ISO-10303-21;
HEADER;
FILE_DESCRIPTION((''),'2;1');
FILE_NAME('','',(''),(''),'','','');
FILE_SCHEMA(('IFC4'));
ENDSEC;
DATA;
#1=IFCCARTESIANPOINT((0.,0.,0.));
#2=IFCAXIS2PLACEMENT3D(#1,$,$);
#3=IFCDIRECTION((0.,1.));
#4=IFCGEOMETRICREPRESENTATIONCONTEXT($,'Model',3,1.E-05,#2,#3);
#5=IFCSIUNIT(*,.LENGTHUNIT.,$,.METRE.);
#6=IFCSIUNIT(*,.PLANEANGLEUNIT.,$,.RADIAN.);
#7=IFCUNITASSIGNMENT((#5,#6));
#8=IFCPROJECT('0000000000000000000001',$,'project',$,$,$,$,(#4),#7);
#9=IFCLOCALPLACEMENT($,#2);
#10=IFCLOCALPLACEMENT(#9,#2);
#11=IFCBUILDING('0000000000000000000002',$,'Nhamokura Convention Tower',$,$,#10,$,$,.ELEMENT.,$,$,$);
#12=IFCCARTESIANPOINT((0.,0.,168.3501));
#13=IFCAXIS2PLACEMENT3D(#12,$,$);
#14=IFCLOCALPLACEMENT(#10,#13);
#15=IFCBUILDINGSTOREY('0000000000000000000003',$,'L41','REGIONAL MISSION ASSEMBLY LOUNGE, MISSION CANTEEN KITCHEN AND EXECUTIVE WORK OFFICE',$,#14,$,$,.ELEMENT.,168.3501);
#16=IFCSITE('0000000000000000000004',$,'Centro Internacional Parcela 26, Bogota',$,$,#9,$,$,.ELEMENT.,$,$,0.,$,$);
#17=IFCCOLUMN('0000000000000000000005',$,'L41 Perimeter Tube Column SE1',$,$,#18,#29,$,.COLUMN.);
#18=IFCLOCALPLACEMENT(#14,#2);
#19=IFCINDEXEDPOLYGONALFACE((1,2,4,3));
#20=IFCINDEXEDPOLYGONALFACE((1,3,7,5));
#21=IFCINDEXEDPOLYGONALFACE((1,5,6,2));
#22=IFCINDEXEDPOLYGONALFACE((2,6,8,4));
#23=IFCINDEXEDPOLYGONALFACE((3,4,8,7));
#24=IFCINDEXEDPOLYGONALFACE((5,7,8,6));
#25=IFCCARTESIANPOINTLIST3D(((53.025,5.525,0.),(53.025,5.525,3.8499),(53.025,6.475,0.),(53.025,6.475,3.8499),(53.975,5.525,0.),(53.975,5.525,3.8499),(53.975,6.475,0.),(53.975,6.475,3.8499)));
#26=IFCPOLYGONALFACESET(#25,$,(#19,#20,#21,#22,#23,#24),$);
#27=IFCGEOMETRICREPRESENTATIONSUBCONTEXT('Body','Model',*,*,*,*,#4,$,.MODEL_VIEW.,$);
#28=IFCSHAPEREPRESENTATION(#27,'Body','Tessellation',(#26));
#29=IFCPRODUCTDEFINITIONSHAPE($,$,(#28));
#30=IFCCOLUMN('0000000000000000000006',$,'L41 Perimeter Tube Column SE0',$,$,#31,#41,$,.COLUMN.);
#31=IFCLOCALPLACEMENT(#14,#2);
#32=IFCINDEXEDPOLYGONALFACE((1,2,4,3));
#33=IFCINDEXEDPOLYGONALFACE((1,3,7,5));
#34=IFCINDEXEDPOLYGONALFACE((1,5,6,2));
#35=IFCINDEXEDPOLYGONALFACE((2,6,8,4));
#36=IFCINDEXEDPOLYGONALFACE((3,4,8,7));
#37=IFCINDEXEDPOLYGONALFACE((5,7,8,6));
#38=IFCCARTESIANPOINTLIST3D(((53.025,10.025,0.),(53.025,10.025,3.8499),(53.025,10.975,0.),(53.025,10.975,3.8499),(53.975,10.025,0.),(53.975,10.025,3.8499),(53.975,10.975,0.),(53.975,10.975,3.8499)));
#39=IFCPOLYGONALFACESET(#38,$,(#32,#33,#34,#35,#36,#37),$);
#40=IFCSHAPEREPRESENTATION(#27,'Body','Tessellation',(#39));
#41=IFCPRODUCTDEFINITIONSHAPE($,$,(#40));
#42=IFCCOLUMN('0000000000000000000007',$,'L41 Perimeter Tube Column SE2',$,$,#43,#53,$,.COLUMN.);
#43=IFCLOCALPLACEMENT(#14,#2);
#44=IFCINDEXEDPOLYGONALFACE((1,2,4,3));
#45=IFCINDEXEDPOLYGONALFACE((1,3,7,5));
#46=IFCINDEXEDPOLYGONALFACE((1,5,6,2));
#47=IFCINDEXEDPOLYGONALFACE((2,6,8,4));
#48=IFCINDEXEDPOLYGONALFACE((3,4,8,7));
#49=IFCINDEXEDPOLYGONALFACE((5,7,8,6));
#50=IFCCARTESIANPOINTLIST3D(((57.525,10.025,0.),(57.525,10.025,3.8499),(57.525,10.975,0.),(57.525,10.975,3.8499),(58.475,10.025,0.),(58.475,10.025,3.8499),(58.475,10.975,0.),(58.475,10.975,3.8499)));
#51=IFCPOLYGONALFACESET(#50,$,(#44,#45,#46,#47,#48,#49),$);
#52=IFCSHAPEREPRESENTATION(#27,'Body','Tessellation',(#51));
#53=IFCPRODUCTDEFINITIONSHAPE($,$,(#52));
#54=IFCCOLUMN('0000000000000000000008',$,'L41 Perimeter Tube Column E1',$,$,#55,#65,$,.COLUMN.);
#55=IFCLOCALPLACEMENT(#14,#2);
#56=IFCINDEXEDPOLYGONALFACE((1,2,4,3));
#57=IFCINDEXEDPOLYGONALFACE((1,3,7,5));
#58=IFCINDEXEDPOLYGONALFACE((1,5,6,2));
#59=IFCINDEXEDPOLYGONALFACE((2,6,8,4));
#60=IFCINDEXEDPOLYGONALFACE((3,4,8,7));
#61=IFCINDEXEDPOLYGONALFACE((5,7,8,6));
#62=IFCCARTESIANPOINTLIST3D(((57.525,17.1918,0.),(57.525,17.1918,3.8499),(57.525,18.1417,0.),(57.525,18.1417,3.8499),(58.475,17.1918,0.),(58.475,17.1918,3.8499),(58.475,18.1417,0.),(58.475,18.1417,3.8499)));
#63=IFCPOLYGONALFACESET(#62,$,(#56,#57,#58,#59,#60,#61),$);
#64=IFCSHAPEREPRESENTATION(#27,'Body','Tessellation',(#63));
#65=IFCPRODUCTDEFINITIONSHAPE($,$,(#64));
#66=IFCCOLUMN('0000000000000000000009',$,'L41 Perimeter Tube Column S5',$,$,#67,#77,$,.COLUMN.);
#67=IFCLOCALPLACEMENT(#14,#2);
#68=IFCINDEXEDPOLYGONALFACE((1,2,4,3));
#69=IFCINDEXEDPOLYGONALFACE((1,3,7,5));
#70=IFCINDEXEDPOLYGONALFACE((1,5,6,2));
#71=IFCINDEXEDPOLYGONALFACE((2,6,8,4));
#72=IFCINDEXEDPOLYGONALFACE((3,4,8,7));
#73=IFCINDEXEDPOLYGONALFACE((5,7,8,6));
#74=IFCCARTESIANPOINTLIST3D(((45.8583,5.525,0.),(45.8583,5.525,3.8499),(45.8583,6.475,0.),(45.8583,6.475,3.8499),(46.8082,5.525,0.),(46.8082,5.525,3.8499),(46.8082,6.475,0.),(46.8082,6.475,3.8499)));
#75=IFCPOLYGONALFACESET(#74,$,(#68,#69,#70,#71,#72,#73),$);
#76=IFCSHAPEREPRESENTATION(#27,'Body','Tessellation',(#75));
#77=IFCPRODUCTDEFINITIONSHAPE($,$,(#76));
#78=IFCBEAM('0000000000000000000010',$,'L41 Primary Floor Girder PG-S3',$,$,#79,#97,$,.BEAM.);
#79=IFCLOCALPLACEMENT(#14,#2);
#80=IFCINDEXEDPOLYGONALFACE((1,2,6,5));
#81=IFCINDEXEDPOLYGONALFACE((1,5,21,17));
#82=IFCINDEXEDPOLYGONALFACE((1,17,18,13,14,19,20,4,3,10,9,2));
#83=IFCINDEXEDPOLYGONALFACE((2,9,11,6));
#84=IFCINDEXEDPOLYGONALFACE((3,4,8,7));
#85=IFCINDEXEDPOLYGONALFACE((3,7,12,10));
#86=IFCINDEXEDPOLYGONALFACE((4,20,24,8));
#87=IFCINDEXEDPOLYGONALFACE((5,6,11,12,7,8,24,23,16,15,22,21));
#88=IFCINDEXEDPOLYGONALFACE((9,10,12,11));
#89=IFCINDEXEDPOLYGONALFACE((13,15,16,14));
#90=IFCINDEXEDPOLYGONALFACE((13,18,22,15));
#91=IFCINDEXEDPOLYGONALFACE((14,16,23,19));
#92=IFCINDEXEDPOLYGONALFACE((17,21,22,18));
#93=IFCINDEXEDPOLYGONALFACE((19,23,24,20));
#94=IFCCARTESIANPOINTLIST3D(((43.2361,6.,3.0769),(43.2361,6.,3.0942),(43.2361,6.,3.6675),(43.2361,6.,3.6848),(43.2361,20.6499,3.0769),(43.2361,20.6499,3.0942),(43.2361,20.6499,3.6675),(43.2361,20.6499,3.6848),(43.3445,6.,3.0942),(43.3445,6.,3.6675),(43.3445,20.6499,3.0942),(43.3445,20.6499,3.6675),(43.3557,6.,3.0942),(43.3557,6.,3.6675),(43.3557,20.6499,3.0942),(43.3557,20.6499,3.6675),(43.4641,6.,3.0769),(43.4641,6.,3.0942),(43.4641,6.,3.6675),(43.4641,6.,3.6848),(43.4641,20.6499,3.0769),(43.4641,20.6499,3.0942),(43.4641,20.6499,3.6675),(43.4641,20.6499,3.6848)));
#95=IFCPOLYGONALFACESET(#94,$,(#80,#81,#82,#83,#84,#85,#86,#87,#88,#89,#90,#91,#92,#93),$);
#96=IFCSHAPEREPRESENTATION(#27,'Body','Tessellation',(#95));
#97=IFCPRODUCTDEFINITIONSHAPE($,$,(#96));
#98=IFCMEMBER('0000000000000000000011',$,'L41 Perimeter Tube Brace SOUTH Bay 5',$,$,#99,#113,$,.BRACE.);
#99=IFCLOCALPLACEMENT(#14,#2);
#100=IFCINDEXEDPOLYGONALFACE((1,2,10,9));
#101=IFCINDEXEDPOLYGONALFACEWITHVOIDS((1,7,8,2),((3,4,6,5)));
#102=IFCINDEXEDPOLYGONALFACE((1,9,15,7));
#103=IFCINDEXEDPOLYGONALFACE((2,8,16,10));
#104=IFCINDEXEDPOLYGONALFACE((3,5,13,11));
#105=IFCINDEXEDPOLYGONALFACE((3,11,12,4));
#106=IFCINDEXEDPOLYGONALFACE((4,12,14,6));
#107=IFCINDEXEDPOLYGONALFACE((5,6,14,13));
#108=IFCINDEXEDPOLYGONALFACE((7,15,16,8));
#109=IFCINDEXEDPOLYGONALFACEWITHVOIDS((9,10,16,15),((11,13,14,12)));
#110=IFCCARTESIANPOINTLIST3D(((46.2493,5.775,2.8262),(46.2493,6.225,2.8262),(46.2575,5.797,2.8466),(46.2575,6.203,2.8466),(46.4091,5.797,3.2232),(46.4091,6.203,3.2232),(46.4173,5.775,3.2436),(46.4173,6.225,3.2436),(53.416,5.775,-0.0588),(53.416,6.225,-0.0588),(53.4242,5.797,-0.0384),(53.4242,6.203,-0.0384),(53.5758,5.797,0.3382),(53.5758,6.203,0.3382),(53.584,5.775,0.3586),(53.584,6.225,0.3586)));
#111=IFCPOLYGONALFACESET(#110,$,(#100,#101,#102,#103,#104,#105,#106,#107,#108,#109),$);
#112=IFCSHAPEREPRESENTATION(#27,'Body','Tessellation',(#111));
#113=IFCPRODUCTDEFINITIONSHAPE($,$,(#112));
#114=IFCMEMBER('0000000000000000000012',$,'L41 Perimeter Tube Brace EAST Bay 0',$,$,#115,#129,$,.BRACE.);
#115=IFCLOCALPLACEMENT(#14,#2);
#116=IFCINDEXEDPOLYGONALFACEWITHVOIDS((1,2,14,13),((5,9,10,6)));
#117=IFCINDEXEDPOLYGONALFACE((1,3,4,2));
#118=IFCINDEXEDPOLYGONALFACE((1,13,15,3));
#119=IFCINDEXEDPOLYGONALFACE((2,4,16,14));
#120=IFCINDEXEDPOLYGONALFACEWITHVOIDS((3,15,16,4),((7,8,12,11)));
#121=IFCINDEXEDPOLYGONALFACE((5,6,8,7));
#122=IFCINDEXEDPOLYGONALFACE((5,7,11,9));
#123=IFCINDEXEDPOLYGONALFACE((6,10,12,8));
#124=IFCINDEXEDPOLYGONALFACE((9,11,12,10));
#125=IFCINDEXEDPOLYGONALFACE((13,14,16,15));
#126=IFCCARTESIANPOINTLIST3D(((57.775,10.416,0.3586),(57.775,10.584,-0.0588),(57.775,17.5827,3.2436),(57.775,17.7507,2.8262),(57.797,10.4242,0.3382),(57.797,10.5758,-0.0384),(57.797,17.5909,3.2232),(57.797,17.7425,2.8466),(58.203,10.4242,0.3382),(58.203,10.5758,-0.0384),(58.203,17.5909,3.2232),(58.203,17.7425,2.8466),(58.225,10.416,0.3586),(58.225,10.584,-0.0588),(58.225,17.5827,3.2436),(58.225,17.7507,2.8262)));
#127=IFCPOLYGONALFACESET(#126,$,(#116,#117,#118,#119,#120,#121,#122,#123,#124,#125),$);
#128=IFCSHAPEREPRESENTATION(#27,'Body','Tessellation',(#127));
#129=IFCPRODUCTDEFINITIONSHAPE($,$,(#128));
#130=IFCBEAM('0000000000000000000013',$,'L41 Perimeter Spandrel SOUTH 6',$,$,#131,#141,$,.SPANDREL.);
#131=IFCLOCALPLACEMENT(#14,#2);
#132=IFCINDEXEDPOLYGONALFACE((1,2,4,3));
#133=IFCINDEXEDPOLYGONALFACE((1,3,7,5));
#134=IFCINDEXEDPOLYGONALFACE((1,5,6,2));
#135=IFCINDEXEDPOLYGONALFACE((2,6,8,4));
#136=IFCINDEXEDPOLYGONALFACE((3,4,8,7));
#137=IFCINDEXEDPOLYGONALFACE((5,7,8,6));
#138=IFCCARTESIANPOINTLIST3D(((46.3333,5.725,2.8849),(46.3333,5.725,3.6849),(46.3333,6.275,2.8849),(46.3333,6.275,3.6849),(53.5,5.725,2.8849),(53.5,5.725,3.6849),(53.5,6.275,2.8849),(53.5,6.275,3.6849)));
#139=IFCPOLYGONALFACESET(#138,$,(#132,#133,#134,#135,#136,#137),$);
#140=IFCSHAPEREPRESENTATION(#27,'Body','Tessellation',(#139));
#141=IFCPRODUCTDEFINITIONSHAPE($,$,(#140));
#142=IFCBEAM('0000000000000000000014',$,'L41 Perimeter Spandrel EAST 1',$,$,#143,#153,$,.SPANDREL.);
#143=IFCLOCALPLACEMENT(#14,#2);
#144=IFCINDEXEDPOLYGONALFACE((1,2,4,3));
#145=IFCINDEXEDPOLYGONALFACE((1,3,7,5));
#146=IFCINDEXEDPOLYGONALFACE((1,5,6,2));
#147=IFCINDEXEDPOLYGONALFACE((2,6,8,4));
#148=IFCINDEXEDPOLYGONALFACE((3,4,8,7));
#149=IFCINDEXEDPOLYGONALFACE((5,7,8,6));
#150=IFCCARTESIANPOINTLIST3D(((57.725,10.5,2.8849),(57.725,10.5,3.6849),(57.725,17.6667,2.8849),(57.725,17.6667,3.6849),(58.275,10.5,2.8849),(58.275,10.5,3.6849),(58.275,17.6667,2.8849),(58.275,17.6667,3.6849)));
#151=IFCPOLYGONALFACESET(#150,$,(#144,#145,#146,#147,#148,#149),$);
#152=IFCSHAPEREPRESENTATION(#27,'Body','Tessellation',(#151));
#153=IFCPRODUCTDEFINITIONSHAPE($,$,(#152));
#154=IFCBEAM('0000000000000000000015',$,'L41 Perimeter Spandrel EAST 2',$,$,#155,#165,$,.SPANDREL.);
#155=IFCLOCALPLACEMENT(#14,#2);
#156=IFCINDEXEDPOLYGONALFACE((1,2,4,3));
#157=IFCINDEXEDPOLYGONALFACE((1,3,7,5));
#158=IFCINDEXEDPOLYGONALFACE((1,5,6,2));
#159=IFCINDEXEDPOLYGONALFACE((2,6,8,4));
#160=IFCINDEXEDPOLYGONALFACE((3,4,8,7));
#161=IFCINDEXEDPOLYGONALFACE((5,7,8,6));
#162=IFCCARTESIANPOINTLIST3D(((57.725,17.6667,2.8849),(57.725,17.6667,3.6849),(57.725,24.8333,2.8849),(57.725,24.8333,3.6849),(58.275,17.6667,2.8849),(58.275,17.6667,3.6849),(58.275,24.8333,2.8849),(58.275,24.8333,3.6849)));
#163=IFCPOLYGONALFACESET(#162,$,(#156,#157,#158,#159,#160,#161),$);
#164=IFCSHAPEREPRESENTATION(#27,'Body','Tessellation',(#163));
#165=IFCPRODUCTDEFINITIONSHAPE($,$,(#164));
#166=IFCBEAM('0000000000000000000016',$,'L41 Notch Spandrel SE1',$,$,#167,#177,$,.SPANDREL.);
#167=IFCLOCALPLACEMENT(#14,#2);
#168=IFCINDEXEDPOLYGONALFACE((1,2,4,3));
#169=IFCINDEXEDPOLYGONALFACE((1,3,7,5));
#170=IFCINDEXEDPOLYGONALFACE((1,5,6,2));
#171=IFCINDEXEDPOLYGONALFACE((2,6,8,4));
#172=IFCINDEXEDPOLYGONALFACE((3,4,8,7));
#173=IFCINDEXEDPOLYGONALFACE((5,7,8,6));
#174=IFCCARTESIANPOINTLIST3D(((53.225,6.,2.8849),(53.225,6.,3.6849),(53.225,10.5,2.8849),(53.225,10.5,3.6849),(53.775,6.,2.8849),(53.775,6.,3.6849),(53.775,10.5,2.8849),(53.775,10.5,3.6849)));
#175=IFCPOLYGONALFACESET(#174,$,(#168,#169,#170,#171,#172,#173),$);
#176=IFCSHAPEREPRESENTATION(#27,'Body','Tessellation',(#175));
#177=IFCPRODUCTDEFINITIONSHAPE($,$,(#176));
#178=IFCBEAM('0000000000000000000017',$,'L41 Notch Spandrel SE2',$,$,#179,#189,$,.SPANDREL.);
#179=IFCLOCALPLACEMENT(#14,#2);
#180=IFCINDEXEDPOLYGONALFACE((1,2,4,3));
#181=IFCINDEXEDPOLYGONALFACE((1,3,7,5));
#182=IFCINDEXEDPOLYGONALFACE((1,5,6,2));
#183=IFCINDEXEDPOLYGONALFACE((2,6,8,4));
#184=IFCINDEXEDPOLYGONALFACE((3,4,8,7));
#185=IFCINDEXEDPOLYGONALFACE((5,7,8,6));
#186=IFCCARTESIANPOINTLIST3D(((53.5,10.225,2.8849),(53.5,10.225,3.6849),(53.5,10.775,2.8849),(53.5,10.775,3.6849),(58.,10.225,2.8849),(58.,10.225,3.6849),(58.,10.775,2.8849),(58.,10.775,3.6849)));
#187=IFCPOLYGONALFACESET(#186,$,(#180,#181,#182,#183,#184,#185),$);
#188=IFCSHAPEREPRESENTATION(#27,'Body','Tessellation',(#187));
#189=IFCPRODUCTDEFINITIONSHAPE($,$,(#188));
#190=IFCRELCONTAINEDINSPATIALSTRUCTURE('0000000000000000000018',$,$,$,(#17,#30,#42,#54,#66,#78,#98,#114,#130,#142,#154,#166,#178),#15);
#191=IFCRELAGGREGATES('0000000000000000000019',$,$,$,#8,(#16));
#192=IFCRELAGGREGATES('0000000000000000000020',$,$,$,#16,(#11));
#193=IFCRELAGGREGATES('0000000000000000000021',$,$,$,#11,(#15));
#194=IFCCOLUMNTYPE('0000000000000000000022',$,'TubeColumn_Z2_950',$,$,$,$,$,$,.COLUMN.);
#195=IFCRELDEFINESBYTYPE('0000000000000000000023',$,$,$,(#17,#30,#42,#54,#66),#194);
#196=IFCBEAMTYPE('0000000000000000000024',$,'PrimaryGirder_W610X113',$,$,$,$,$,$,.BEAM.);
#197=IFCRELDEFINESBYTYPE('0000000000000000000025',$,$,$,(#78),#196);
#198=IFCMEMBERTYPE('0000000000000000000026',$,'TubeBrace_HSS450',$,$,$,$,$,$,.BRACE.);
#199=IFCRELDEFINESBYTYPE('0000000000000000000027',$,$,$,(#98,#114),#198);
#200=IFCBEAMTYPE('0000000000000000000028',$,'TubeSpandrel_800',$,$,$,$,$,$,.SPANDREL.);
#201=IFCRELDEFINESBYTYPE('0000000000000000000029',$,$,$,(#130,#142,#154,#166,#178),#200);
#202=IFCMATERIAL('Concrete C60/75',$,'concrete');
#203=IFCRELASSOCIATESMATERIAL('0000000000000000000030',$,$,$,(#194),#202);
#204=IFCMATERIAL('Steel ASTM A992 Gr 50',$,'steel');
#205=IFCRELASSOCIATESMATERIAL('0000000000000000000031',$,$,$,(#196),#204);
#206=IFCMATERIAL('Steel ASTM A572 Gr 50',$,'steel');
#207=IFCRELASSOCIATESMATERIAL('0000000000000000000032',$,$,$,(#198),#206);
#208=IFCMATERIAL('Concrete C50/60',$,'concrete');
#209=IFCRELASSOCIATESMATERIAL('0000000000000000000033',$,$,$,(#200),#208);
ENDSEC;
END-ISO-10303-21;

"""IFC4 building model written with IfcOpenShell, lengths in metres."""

from ifc_helpers import new_model, si_unit, direction, frame, origin, origin_2d, place, context, subcontext, project, spatial, rectangle, hollow_rectangle, i_section, extrude, material, material_profile, profile_set, type_object, element, save


model = new_model("IFC4")

# Units and contexts
model_context = context("Model", 3, precision=1e-05, world=origin(), true_north=direction((0.0, 1.0)))
body_context = subcontext(model_context, "Body", "Model", "MODEL_VIEW")
ifc_project = project(units=[si_unit("LENGTHUNIT", "METRE"), si_unit("PLANEANGLEUNIT", "RADIAN")], contexts=[model_context])

# Site, building, storey
site_placement = place(None, origin())
site = spatial("IfcSite", under=ifc_project, at=site_placement, Name="Centro Internacional Parcela 26, Bogota", CompositionType="ELEMENT", RefElevation=0.0)
building_placement = place(site_placement, origin())
building = spatial("IfcBuilding", under=site, at=building_placement, Name="Nhamokura Convention Tower", CompositionType="ELEMENT")
storey_placement = place(building_placement, frame((0.0, 0.0, 168.3501)))
storey = spatial("IfcBuildingStorey", under=building, at=storey_placement, Name="L41", Description="REGIONAL MISSION ASSEMBLY LOUNGE, MISSION CANTEEN KITCHEN AND EXECUTIVE WORK OFFICE", CompositionType="ELEMENT", Elevation=168.3501)

# Columns
ifc_material_1 = material(Name="Concrete C60/75", Category="concrete")
ifc_material_profile_1 = material_profile(ifc_material_1, rectangle(XDim=0.95, YDim=0.95, at=origin_2d()))
ifc_profile_set_1 = profile_set([ifc_material_profile_1], Name="Concrete C60/75")
column_type = type_object("IfcColumnType", Name="TubeColumn_Z2_950", PredefinedType="COLUMN", material=ifc_profile_set_1)
for number, where, z_axis, x_axis, name in (
    (1, (53.5, 6.0, 0.0), (0.0, 0.0, 1.0), (1.0, 0.0, 0.0), "L41 Perimeter Tube Column SE1"),
    (2, (53.5, 10.5, 0.0), (0.0, 0.0, 1.0), (1.0, 0.0, 0.0), "L41 Perimeter Tube Column SE0"),
    (3, (58.0, 10.5, 0.0), (0.0, 0.0, 1.0), (1.0, 0.0, 0.0), "L41 Perimeter Tube Column SE2"),
    (4, (58.0, 17.6667, 0.0), (0.0, 0.0, 1.0), (1.0, 0.0, 0.0), "L41 Perimeter Tube Column E1"),
    (5, (46.3333, 6.0, 0.0), (0.0, 0.0, 1.0), (1.0, 0.0, 0.0), "L41 Perimeter Tube Column S5"),
):
    element("IfcColumn", number, at=place(storey_placement, frame(where, z_axis=z_axis, x_axis=x_axis)), inside=storey, type_object=column_type, Name=name, PredefinedType="COLUMN", context=body_context, shape_type="SweptSolid", body=[
        extrude(rectangle(XDim=0.95, YDim=0.95, at=origin_2d()), origin(), (0.0, 0.0, 1.0), 3.8499),
    ])

# Beam
ifc_material_2 = material(Name="Steel ASTM A992 Gr 50", Category="steel")
ifc_material_profile_2 = material_profile(ifc_material_2, i_section(OverallWidth=0.228, OverallDepth=0.6079, WebThickness=0.0112, FlangeThickness=0.0173, at=origin_2d()))
ifc_profile_set_2 = profile_set([ifc_material_profile_2], Name="Steel ASTM A992 Gr 50")
beam_type_1 = type_object("IfcBeamType", Name="PrimaryGirder_W610X113", PredefinedType="BEAM", material=ifc_profile_set_2)
beam_1_placement = place(storey_placement, frame((43.3501, 6.0, 3.3809), z_axis=(0.0, 1.0, 0.0), x_axis=(-1.0, 0.0, 0.0)))
element("IfcBeam", 6, at=beam_1_placement, inside=storey, type_object=beam_type_1, Name="L41 Primary Floor Girder PG-S3", PredefinedType="BEAM", context=body_context, shape_type="SweptSolid", body=[
    extrude(i_section(OverallWidth=0.228, OverallDepth=0.6079, WebThickness=0.0112, FlangeThickness=0.0173, at=origin_2d()), origin(), (0.0, 0.0, 1.0), 14.6499),
])

# Members
ifc_material_3 = material(Name="Steel ASTM A572 Gr 50", Category="steel")
ifc_material_profile_3 = material_profile(ifc_material_3, hollow_rectangle(XDim=0.45, YDim=0.45, WallThickness=0.022, at=origin_2d()))
ifc_profile_set_3 = profile_set([ifc_material_profile_3], Name="Steel ASTM A572 Gr 50")
member_type = type_object("IfcMemberType", Name="TubeBrace_HSS450", PredefinedType="BRACE", material=ifc_profile_set_3)
for number, where, z_axis, x_axis, name in (
    (7, (53.5, 6.0, 0.1499), (-0.927657, 0.0, 0.373433), (0.0, -1.0, 0.0), "L41 Perimeter Tube Brace SOUTH Bay 5"),
    (8, (58.0, 10.5, 0.1499), (0.0, 0.927657, 0.373433), (-1.0, 0.0, 0.0), "L41 Perimeter Tube Brace EAST Bay 0"),
):
    element("IfcMember", number, at=place(storey_placement, frame(where, z_axis=z_axis, x_axis=x_axis)), inside=storey, type_object=member_type, Name=name, PredefinedType="BRACE", context=body_context, shape_type="SweptSolid", body=[
        extrude(hollow_rectangle(XDim=0.45, YDim=0.45, WallThickness=0.022, at=origin_2d()), origin(), (0.0, 0.0, 1.0), 7.7256),
    ])

# Beams
ifc_material_4 = material(Name="Concrete C50/60", Category="concrete")
ifc_material_profile_4 = material_profile(ifc_material_4, rectangle(XDim=0.55, YDim=0.8, at=origin_2d()))
ifc_profile_set_4 = profile_set([ifc_material_profile_4], Name="Concrete C50/60")
beam_type_2 = type_object("IfcBeamType", Name="TubeSpandrel_800", PredefinedType="SPANDREL", material=ifc_profile_set_4)
for number, where, z_axis, x_axis, name in (
    (9, (46.3333, 6.0, 3.2849), (1.0, 0.0, 0.0), (0.0, 1.0, 0.0), "L41 Perimeter Spandrel SOUTH 6"),
    (10, (58.0, 10.5, 3.2849), (0.0, 1.0, 0.0), (-1.0, 0.0, 0.0), "L41 Perimeter Spandrel EAST 1"),
):
    element("IfcBeam", number, at=place(storey_placement, frame(where, z_axis=z_axis, x_axis=x_axis)), inside=storey, type_object=beam_type_2, Name=name, PredefinedType="SPANDREL", context=body_context, shape_type="SweptSolid", body=[
        extrude(rectangle(XDim=0.55, YDim=0.8, at=origin_2d()), origin(), (0.0, 0.0, 1.0), 7.1667),
    ])
beam_2_placement = place(storey_placement, frame((58.0, 17.6667, 3.2849), z_axis=(0.0, 1.0, 0.0), x_axis=(-1.0, 0.0, 0.0)))
element("IfcBeam", 11, at=beam_2_placement, inside=storey, type_object=beam_type_2, Name="L41 Perimeter Spandrel EAST 2", PredefinedType="SPANDREL", context=body_context, shape_type="SweptSolid", body=[
    extrude(rectangle(XDim=0.55, YDim=0.8, at=origin_2d()), origin(), (0.0, 0.0, 1.0), 7.1665),
])
for number, where, z_axis, x_axis, name in (
    (12, (53.5, 6.0, 3.2849), (0.0, 1.0, 0.0), (-1.0, 0.0, 0.0), "L41 Notch Spandrel SE1"),
    (13, (53.5, 10.5, 3.2849), (1.0, 0.0, 0.0), (0.0, 1.0, 0.0), "L41 Notch Spandrel SE2"),
):
    element("IfcBeam", number, at=place(storey_placement, frame(where, z_axis=z_axis, x_axis=x_axis)), inside=storey, type_object=beam_type_2, Name=name, PredefinedType="SPANDREL", context=body_context, shape_type="SweptSolid", body=[
        extrude(rectangle(XDim=0.55, YDim=0.8, at=origin_2d()), origin(), (0.0, 0.0, 1.0), 4.5),
    ])

save(model, "model.ifc")
